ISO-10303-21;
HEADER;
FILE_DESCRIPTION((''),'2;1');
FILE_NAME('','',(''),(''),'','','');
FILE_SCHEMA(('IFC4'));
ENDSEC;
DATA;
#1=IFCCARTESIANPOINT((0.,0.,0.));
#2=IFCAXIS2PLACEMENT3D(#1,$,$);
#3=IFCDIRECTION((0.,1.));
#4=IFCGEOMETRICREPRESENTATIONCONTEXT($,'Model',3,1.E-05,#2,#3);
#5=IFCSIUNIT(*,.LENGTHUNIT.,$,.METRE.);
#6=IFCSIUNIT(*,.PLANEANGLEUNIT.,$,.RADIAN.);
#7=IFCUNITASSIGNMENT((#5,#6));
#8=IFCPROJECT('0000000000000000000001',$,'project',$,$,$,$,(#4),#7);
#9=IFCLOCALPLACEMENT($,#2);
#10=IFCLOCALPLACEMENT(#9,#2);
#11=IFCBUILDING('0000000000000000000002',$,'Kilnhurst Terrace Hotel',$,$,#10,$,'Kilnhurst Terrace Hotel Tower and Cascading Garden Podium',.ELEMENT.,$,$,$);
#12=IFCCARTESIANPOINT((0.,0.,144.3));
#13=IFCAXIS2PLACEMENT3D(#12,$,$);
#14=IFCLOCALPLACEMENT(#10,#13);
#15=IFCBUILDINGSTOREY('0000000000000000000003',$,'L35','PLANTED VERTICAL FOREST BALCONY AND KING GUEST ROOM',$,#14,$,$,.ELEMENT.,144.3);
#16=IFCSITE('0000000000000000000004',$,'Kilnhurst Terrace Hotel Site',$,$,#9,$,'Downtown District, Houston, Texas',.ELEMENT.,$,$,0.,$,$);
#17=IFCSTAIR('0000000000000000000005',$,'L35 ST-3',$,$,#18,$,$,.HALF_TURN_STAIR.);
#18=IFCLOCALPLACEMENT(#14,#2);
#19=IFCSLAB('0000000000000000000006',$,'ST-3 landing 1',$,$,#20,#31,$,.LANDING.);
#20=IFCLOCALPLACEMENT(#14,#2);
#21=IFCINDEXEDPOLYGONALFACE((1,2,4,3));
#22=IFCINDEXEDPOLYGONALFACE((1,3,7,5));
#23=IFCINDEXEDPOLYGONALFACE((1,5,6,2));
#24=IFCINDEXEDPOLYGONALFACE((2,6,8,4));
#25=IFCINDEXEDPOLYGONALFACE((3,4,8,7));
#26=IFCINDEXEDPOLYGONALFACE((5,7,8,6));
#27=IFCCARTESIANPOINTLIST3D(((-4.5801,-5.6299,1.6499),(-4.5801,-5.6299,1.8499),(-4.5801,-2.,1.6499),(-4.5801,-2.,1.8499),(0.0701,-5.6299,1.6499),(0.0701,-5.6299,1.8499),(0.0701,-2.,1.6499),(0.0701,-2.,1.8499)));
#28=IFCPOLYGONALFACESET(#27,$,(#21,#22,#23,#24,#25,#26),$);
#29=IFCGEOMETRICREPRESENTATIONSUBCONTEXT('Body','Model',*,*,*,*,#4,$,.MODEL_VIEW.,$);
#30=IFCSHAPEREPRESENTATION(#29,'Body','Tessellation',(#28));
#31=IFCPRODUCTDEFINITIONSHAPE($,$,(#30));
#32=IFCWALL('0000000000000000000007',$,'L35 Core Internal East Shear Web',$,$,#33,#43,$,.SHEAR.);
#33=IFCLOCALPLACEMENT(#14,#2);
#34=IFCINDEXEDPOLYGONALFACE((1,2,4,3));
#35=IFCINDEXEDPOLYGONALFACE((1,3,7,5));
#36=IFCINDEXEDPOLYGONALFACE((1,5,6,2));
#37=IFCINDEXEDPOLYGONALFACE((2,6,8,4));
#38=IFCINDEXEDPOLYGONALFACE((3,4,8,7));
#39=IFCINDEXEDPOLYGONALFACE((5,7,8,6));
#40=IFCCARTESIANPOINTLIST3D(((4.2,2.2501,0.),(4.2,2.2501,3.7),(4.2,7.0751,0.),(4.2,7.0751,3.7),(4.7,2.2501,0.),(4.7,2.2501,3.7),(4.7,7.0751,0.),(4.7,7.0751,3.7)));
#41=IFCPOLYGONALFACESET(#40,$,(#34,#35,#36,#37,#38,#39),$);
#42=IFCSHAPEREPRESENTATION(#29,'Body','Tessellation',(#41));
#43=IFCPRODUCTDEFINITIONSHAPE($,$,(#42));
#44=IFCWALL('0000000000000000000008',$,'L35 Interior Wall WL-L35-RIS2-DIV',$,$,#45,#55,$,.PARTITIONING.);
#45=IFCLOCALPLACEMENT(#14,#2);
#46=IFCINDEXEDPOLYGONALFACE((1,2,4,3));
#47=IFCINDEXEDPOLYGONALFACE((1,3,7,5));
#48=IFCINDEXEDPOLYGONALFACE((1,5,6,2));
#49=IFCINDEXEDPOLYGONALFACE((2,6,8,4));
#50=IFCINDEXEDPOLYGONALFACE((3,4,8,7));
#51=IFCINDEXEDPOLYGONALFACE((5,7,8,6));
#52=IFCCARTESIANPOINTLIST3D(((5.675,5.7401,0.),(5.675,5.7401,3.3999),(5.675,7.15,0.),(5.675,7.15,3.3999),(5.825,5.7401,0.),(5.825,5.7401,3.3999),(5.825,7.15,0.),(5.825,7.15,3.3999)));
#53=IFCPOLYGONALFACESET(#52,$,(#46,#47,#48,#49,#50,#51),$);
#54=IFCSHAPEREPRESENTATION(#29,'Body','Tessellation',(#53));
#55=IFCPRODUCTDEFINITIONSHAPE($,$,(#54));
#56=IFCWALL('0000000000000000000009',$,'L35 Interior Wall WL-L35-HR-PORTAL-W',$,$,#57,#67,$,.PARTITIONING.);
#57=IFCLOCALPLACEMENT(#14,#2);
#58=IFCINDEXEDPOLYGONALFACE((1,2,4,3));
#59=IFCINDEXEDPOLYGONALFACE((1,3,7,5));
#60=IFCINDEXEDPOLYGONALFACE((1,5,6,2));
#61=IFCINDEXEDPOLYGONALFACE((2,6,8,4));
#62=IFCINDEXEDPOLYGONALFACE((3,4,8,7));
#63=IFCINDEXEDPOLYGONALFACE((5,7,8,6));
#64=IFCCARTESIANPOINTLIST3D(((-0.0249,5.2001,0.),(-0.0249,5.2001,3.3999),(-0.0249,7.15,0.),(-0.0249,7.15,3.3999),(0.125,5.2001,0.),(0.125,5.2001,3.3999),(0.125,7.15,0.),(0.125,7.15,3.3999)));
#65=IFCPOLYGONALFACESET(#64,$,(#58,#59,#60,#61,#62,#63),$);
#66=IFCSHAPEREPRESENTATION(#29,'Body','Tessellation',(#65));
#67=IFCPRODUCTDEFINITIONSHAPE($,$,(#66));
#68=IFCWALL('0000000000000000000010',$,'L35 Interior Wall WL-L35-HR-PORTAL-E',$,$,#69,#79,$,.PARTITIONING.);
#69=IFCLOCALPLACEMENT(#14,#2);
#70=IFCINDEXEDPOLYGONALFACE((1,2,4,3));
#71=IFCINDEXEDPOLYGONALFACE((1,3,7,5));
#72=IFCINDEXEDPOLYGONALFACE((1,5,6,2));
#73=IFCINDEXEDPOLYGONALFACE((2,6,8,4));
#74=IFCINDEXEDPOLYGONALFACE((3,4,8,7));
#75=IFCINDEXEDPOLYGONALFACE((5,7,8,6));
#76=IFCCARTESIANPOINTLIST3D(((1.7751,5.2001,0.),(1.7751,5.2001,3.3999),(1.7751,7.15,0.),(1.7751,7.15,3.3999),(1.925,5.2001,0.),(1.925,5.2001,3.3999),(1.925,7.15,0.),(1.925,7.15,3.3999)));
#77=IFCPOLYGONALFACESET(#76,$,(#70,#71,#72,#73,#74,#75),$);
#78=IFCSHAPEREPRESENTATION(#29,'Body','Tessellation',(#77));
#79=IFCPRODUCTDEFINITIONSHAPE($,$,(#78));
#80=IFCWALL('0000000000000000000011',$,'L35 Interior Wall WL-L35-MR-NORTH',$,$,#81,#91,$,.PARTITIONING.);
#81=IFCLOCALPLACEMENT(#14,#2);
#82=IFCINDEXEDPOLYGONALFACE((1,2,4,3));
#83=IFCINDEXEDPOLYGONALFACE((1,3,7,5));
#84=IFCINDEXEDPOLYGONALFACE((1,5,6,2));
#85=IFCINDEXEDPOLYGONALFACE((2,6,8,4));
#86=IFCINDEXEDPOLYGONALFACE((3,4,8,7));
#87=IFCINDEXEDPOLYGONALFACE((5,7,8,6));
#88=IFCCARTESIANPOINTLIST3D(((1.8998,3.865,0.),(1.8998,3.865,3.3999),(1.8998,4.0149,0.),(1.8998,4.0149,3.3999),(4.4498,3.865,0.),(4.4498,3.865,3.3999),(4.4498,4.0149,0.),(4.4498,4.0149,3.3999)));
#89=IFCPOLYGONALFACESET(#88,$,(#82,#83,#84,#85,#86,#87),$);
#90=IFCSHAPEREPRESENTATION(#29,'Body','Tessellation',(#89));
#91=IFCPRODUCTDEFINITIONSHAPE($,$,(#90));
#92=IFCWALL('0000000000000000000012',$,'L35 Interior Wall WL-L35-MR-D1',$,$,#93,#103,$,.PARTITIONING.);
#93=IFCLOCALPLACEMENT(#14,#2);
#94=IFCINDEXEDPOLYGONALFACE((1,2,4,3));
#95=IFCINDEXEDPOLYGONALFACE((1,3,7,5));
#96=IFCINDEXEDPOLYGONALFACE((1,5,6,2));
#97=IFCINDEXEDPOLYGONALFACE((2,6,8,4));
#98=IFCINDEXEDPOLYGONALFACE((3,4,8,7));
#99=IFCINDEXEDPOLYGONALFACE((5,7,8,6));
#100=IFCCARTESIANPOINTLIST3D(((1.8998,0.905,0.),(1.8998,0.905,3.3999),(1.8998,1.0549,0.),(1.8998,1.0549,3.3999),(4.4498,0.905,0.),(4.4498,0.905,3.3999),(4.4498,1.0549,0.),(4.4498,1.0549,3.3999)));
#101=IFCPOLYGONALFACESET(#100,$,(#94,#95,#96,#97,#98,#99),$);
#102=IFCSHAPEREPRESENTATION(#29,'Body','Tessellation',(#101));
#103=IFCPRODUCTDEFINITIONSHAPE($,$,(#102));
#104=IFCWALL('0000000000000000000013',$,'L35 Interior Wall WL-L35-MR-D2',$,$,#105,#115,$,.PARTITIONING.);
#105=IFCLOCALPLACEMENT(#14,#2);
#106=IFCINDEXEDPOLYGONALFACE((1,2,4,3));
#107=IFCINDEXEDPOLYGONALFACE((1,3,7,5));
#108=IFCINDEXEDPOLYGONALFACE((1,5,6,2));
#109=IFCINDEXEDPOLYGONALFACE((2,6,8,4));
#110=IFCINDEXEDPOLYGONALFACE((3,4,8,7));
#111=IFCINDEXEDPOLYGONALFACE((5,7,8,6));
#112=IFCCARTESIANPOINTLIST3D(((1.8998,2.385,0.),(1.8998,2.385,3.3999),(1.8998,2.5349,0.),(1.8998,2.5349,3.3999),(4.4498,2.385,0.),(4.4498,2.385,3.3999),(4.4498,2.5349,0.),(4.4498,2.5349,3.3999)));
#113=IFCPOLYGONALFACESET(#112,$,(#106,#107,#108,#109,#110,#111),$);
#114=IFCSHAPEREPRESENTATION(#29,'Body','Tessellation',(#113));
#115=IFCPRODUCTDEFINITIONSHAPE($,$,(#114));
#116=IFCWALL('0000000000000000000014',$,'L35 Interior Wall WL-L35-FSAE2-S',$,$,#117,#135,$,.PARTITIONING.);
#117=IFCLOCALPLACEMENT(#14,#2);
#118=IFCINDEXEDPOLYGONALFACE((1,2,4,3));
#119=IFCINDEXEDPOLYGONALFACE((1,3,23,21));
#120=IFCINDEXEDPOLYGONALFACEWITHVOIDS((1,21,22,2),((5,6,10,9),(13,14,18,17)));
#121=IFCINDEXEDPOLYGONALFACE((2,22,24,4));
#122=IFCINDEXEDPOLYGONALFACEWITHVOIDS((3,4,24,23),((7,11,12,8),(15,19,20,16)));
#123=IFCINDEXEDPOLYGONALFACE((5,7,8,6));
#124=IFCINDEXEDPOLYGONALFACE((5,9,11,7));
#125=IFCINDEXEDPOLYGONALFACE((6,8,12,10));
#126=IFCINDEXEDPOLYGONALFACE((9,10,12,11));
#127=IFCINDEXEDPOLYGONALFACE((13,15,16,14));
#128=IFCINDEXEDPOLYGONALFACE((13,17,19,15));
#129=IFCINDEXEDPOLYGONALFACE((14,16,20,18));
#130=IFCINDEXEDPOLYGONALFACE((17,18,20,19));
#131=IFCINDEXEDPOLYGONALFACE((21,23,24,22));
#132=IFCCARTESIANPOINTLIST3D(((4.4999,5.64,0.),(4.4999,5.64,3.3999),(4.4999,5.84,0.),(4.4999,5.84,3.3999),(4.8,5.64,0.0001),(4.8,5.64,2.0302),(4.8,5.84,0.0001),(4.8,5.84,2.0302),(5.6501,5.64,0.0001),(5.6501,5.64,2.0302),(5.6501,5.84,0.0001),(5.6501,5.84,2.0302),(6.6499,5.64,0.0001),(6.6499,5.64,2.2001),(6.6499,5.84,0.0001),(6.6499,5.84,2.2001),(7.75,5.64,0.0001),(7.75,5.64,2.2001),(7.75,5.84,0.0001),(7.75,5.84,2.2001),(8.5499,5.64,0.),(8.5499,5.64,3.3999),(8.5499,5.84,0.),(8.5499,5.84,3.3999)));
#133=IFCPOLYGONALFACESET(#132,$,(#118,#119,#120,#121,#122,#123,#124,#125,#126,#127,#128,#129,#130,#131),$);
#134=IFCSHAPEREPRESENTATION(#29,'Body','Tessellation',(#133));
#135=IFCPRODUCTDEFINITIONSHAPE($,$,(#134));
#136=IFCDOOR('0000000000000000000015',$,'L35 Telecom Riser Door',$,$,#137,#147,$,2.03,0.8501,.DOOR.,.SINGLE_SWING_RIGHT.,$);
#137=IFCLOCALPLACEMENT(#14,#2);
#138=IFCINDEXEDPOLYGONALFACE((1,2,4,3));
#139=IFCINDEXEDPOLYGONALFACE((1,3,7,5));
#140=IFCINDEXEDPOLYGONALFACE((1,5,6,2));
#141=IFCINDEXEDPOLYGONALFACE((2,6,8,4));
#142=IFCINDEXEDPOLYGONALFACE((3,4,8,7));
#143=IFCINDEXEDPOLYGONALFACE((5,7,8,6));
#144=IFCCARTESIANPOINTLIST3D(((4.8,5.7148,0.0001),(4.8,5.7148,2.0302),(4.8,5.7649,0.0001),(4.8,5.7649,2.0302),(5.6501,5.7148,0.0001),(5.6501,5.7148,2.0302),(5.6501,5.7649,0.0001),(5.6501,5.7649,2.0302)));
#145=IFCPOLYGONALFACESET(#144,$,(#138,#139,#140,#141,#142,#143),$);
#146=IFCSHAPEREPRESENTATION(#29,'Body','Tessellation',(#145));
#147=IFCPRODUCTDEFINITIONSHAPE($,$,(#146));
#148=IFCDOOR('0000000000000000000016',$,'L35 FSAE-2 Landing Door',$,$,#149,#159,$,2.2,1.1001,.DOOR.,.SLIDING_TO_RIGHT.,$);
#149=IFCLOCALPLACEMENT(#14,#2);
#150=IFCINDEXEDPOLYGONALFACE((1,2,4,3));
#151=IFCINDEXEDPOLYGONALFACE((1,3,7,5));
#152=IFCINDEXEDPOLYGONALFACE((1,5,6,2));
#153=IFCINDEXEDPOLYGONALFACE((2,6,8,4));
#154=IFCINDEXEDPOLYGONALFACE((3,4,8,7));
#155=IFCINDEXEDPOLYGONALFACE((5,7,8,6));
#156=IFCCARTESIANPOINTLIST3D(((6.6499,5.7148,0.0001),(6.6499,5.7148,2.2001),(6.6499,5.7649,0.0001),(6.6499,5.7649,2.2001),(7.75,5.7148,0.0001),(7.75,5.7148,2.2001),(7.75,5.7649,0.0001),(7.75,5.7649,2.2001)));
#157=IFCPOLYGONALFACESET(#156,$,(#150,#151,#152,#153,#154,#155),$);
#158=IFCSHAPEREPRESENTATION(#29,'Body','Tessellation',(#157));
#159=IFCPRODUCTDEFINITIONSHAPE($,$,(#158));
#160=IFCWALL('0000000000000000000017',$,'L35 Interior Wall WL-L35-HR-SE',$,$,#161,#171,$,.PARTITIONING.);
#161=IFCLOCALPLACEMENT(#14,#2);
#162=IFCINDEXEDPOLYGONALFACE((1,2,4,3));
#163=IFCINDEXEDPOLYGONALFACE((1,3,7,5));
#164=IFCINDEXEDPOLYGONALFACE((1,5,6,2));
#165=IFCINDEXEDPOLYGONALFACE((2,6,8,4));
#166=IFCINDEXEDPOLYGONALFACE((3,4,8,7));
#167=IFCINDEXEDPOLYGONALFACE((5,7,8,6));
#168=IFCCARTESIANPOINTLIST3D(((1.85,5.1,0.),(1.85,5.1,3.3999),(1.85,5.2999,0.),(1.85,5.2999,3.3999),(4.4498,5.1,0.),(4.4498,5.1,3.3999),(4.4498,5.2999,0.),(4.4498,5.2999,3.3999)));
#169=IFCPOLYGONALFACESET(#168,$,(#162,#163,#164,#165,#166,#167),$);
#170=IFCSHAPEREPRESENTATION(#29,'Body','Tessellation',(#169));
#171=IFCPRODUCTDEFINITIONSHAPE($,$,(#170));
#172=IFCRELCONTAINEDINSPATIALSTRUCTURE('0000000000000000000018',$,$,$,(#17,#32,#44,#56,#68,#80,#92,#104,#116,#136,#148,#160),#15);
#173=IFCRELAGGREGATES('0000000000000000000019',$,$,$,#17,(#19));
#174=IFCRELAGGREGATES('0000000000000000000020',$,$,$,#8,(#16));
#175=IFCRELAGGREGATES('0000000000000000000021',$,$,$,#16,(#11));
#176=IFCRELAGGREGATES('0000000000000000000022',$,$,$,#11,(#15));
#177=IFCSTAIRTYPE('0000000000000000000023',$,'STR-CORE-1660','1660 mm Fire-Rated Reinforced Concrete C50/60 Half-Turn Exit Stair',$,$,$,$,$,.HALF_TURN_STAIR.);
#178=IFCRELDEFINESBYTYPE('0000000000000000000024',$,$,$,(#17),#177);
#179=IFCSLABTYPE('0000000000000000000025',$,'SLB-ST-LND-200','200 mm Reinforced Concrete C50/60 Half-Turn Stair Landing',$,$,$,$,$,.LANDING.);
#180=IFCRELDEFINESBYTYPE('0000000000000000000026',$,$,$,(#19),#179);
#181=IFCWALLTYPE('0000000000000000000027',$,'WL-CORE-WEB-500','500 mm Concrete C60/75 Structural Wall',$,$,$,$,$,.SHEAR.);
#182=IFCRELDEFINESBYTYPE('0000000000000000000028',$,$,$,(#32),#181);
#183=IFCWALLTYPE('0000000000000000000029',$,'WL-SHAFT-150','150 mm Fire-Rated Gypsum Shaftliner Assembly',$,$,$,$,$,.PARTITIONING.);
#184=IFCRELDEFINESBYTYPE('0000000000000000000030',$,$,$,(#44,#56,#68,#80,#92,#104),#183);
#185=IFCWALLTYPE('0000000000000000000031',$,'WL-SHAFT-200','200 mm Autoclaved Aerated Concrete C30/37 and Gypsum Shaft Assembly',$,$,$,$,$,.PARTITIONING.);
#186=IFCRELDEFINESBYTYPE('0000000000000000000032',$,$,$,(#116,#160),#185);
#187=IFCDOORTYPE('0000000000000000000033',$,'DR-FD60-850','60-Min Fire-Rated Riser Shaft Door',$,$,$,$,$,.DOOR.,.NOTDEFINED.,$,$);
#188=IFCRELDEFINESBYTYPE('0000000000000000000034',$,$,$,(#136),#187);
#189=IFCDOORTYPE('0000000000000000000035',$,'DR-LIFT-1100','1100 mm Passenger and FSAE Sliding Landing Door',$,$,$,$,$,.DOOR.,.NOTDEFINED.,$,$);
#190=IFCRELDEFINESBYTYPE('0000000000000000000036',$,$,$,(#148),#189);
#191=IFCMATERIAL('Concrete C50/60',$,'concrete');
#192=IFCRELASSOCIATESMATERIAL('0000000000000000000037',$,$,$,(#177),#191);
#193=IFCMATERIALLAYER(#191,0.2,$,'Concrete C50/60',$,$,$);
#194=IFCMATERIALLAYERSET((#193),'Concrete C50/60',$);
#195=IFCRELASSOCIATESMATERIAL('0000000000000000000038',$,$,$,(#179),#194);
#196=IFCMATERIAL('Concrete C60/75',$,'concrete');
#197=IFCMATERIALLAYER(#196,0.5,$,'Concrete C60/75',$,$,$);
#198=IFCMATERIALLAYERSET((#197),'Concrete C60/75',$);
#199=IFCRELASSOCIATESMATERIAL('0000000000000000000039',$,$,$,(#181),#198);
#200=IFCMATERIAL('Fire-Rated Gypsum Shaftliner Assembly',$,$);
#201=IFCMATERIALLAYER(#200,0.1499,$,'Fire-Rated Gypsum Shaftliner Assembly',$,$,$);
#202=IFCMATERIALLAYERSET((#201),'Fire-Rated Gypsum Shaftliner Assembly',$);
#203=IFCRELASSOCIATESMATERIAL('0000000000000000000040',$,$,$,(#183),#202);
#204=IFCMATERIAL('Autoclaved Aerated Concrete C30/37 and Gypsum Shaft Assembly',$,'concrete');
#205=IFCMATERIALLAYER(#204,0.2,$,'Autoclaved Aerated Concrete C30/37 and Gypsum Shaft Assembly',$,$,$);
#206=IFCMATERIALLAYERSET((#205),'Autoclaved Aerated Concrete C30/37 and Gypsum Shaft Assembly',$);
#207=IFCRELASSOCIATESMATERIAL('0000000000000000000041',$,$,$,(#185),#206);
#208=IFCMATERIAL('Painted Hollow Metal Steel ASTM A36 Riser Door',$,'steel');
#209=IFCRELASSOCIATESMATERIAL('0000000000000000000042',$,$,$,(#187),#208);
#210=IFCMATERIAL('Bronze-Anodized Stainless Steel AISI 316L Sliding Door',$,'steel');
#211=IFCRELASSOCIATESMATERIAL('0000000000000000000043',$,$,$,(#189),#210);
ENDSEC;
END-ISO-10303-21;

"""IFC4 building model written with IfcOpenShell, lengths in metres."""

from ifc_helpers import new_model, si_unit, direction, frame, frame_2d, origin, place, context, subcontext, project, spatial, polyline, rectangle, outline, extrude, material, layer, layer_set, type_object, element, fill, aggregate, save


model = new_model("IFC4")

# Units and contexts
model_context = context("Model", 3, precision=1e-05, world=origin(), true_north=direction((0.0, 1.0)))
body_context = subcontext(model_context, "Body", "Model", "MODEL_VIEW")
ifc_project = project(units=[si_unit("LENGTHUNIT", "METRE"), si_unit("PLANEANGLEUNIT", "RADIAN")], contexts=[model_context])

# Site, building, storey
site_placement = place(None, origin())
site = spatial("IfcSite", under=ifc_project, at=site_placement, Name="Kilnhurst Terrace Hotel Site", LongName="Downtown District, Houston, Texas", CompositionType="ELEMENT", RefElevation=0.0)
building_placement = place(site_placement, origin())
building = spatial("IfcBuilding", under=site, at=building_placement, Name="Kilnhurst Terrace Hotel", LongName="Kilnhurst Terrace Hotel Tower and Cascading Garden Podium", CompositionType="ELEMENT")
storey_placement = place(building_placement, frame((0.0, 0.0, 144.3)))
storey = spatial("IfcBuildingStorey", under=building, at=storey_placement, Name="L35", Description="PLANTED VERTICAL FOREST BALCONY AND KING GUEST ROOM", CompositionType="ELEMENT", Elevation=144.3)

# Stair, slab
ifc_material_1 = material(Name="Concrete C50/60", Category="concrete")
stair_type = type_object("IfcStairType", Name="STR-CORE-1660", Description="1660 mm Fire-Rated Reinforced Concrete C50/60 Half-Turn Exit Stair", PredefinedType="HALF_TURN_STAIR", material=ifc_material_1)
stair_1_placement = place(storey_placement, origin())
stair_1 = element("IfcStair", 1, at=stair_1_placement, inside=storey, type_object=stair_type, Name="L35 ST-3", PredefinedType="HALF_TURN_STAIR")
ifc_layer_1 = layer(ifc_material_1, 0.2, Name="Concrete C50/60")
ifc_layer_set_1 = layer_set([ifc_layer_1], Name="Concrete C50/60")
slab_type = type_object("IfcSlabType", Name="SLB-ST-LND-200", Description="200 mm Reinforced Concrete C50/60 Half-Turn Stair Landing", PredefinedType="LANDING", material=ifc_layer_set_1)
slab_placement = place(storey_placement, frame((0.0, 0.0, 1.6499)))
slab = element("IfcSlab", 2, at=slab_placement, type_object=slab_type, Name="ST-3 landing 1", PredefinedType="LANDING", context=body_context, shape_type="SweptSolid", body=[
    extrude(outline(polyline([(0.0701, -2.0), (0.0701, -5.6299), (-4.5801, -5.6299), (-4.5801, -2.0), (0.0701, -2.0)])), origin(), (0.0, 0.0, 1.0), 0.2),
])
aggregate(stair_1, [slab])

# Walls
ifc_material_2 = material(Name="Concrete C60/75", Category="concrete")
ifc_layer_2 = layer(ifc_material_2, 0.5, Name="Concrete C60/75")
ifc_layer_set_2 = layer_set([ifc_layer_2], Name="Concrete C60/75")
wall_type_1 = type_object("IfcWallType", Name="WL-CORE-WEB-500", Description="500 mm Concrete C60/75 Structural Wall", PredefinedType="SHEAR", material=ifc_layer_set_2)
wall_1_placement = place(storey_placement, frame((4.45, 2.25, 0.0), z_axis=(0.0, 0.0, 1.0), x_axis=(0.0, 1.0, 0.0)))
element("IfcWall", 3, at=wall_1_placement, inside=storey, type_object=wall_type_1, Name="L35 Core Internal East Shear Web", PredefinedType="SHEAR", context=body_context, shape_type="SweptSolid", body=[
    extrude(rectangle(XDim=4.825, YDim=0.5, at=frame_2d((2.4126, 0.0))), origin(), (0.0, 0.0, 1.0), 3.7),
])
ifc_material_3 = material(Name="Fire-Rated Gypsum Shaftliner Assembly")
ifc_layer_3 = layer(ifc_material_3, 0.1499, Name="Fire-Rated Gypsum Shaftliner Assembly")
ifc_layer_set_3 = layer_set([ifc_layer_3], Name="Fire-Rated Gypsum Shaftliner Assembly")
wall_type_2 = type_object("IfcWallType", Name="WL-SHAFT-150", Description="150 mm Fire-Rated Gypsum Shaftliner Assembly", PredefinedType="PARTITIONING", material=ifc_layer_set_3)
wall_2_placement = place(storey_placement, frame((5.75, 5.74, 0.0), z_axis=(0.0, 0.0, 1.0), x_axis=(0.0, 1.0, 0.0)))
element("IfcWall", 4, at=wall_2_placement, inside=storey, type_object=wall_type_2, Name="L35 Interior Wall WL-L35-RIS2-DIV", PredefinedType="PARTITIONING", context=body_context, shape_type="SweptSolid", body=[
    extrude(rectangle(XDim=1.4099, YDim=0.1499, at=frame_2d((0.7051, 0.0))), origin(), (0.0, 0.0, 1.0), 3.3999),
])
for number, where, z_axis, x_axis, name in (
    (5, (0.05, 5.2, 0.0), (0.0, 0.0, 1.0), (0.0, 1.0, 0.0), "L35 Interior Wall WL-L35-HR-PORTAL-W"),
    (6, (1.8501, 5.2, 0.0), (0.0, 0.0, 1.0), (0.0, 1.0, 0.0), "L35 Interior Wall WL-L35-HR-PORTAL-E"),
):
    element("IfcWall", number, at=place(storey_placement, frame(where, z_axis=z_axis, x_axis=x_axis)), inside=storey, type_object=wall_type_2, Name=name, PredefinedType="PARTITIONING", context=body_context, shape_type="SweptSolid", body=[
        extrude(rectangle(XDim=1.95, YDim=0.1499, at=frame_2d((0.9751, 0.0))), origin(), (0.0, 0.0, 1.0), 3.3999),
    ])
for number, where, z_axis, x_axis, name in (
    (7, (1.8999, 3.9399, 0.0), (0.0, 0.0, 1.0), (1.0, 0.0, 0.0), "L35 Interior Wall WL-L35-MR-NORTH"),
    (8, (1.8999, 0.98, 0.0), (0.0, 0.0, 1.0), (1.0, 0.0, 0.0), "L35 Interior Wall WL-L35-MR-D1"),
    (9, (1.8999, 2.46, 0.0), (0.0, 0.0, 1.0), (1.0, 0.0, 0.0), "L35 Interior Wall WL-L35-MR-D2"),
):
    element("IfcWall", number, at=place(storey_placement, frame(where, z_axis=z_axis, x_axis=x_axis)), inside=storey, type_object=wall_type_2, Name=name, PredefinedType="PARTITIONING", context=body_context, shape_type="SweptSolid", body=[
        extrude(rectangle(XDim=2.55, YDim=0.1499, at=frame_2d((1.2749, 0.0))), origin(), (0.0, 0.0, 1.0), 3.3999),
    ])

# Wall, openings, doors
ifc_material_4 = material(Name="Autoclaved Aerated Concrete C30/37 and Gypsum Shaft Assembly", Category="concrete")
ifc_layer_4 = layer(ifc_material_4, 0.2, Name="Autoclaved Aerated Concrete C30/37 and Gypsum Shaft Assembly")
ifc_layer_set_4 = layer_set([ifc_layer_4], Name="Autoclaved Aerated Concrete C30/37 and Gypsum Shaft Assembly")
wall_type_3 = type_object("IfcWallType", Name="WL-SHAFT-200", Description="200 mm Autoclaved Aerated Concrete C30/37 and Gypsum Shaft Assembly", PredefinedType="PARTITIONING", material=ifc_layer_set_4)
wall_3_placement = place(storey_placement, frame((4.5, 5.74, 0.0), z_axis=(0.0, 0.0, 1.0), x_axis=(1.0, 0.0, 0.0)))
wall_3 = element("IfcWall", 10, at=wall_3_placement, inside=storey, type_object=wall_type_3, Name="L35 Interior Wall WL-L35-FSAE2-S", PredefinedType="PARTITIONING", context=body_context, shape_type="SweptSolid", body=[
    extrude(rectangle(XDim=4.05, YDim=0.2, at=frame_2d((2.0249, 0.0))), origin(), (0.0, 0.0, 1.0), 3.3999),
])
opening_1_placement = place(wall_3_placement, frame((0.3, 0.0, 0.0)))
opening_1 = element("IfcOpeningElement", 11, at=opening_1_placement, cuts=wall_3, PredefinedType="OPENING", context=body_context, shape_type="SweptSolid", body=[
    extrude(rectangle(XDim=0.8501, YDim=2.03, at=frame_2d((0.425, 1.0151))), frame((0.0, 0.1099, 0.0), z_axis=(0.0, -1.0, 0.0), x_axis=(1.0, 0.0, 0.0)), (0.0, 0.0, 1.0), 0.22),
])
opening_2_placement = place(wall_3_placement, frame((2.1499, 0.0, 0.0)))
opening_2 = element("IfcOpeningElement", 12, at=opening_2_placement, cuts=wall_3, PredefinedType="OPENING", context=body_context, shape_type="SweptSolid", body=[
    extrude(rectangle(XDim=1.1001, YDim=2.2, at=frame_2d((0.55, 1.1001))), frame((0.0, 0.1099, 0.0), z_axis=(0.0, -1.0, 0.0), x_axis=(1.0, 0.0, 0.0)), (0.0, 0.0, 1.0), 0.22),
])
ifc_material_5 = material(Name="Painted Hollow Metal Steel ASTM A36 Riser Door", Category="steel")
door_type_1 = type_object("IfcDoorType", Name="DR-FD60-850", Description="60-Min Fire-Rated Riser Shaft Door", OperationType="NOTDEFINED", PredefinedType="DOOR", material=ifc_material_5)
door_1_placement = place(opening_1_placement, origin())
door_1 = element("IfcDoor", 13, at=door_1_placement, inside=storey, type_object=door_type_1, Name="L35 Telecom Riser Door", OperationType="SINGLE_SWING_RIGHT", OverallHeight=2.03, OverallWidth=0.8501, PredefinedType="DOOR", context=body_context, shape_type="SweptSolid", body=[
    extrude(rectangle(XDim=0.8501, YDim=2.03, at=frame_2d((0.425, 1.0151))), frame((0.0, 0.0249, 0.0), z_axis=(0.0, -1.0, 0.0), x_axis=(1.0, 0.0, 0.0)), (0.0, 0.0, 1.0), 0.05),
])
fill(opening_1, door_1)
ifc_material_6 = material(Name="Bronze-Anodized Stainless Steel AISI 316L Sliding Door", Category="steel")
door_type_2 = type_object("IfcDoorType", Name="DR-LIFT-1100", Description="1100 mm Passenger and FSAE Sliding Landing Door", OperationType="NOTDEFINED", PredefinedType="DOOR", material=ifc_material_6)
door_2_placement = place(opening_2_placement, origin())
door_2 = element("IfcDoor", 14, at=door_2_placement, inside=storey, type_object=door_type_2, Name="L35 FSAE-2 Landing Door", OperationType="SLIDING_TO_RIGHT", OverallHeight=2.2, OverallWidth=1.1001, PredefinedType="DOOR", context=body_context, shape_type="SweptSolid", body=[
    extrude(rectangle(XDim=1.1001, YDim=2.2, at=frame_2d((0.55, 1.1001))), frame((0.0, 0.0249, 0.0), z_axis=(0.0, -1.0, 0.0), x_axis=(1.0, 0.0, 0.0)), (0.0, 0.0, 1.0), 0.05),
])
fill(opening_2, door_2)

# Wall
wall_4_placement = place(storey_placement, frame((1.8501, 5.2, 0.0), z_axis=(0.0, 0.0, 1.0), x_axis=(1.0, 0.0, 0.0)))
element("IfcWall", 15, at=wall_4_placement, inside=storey, type_object=wall_type_3, Name="L35 Interior Wall WL-L35-HR-SE", PredefinedType="PARTITIONING", context=body_context, shape_type="SweptSolid", body=[
    extrude(rectangle(XDim=2.5999, YDim=0.2, at=frame_2d((1.2998, 0.0))), origin(), (0.0, 0.0, 1.0), 3.3999),
])

save(model, "model.ifc")
